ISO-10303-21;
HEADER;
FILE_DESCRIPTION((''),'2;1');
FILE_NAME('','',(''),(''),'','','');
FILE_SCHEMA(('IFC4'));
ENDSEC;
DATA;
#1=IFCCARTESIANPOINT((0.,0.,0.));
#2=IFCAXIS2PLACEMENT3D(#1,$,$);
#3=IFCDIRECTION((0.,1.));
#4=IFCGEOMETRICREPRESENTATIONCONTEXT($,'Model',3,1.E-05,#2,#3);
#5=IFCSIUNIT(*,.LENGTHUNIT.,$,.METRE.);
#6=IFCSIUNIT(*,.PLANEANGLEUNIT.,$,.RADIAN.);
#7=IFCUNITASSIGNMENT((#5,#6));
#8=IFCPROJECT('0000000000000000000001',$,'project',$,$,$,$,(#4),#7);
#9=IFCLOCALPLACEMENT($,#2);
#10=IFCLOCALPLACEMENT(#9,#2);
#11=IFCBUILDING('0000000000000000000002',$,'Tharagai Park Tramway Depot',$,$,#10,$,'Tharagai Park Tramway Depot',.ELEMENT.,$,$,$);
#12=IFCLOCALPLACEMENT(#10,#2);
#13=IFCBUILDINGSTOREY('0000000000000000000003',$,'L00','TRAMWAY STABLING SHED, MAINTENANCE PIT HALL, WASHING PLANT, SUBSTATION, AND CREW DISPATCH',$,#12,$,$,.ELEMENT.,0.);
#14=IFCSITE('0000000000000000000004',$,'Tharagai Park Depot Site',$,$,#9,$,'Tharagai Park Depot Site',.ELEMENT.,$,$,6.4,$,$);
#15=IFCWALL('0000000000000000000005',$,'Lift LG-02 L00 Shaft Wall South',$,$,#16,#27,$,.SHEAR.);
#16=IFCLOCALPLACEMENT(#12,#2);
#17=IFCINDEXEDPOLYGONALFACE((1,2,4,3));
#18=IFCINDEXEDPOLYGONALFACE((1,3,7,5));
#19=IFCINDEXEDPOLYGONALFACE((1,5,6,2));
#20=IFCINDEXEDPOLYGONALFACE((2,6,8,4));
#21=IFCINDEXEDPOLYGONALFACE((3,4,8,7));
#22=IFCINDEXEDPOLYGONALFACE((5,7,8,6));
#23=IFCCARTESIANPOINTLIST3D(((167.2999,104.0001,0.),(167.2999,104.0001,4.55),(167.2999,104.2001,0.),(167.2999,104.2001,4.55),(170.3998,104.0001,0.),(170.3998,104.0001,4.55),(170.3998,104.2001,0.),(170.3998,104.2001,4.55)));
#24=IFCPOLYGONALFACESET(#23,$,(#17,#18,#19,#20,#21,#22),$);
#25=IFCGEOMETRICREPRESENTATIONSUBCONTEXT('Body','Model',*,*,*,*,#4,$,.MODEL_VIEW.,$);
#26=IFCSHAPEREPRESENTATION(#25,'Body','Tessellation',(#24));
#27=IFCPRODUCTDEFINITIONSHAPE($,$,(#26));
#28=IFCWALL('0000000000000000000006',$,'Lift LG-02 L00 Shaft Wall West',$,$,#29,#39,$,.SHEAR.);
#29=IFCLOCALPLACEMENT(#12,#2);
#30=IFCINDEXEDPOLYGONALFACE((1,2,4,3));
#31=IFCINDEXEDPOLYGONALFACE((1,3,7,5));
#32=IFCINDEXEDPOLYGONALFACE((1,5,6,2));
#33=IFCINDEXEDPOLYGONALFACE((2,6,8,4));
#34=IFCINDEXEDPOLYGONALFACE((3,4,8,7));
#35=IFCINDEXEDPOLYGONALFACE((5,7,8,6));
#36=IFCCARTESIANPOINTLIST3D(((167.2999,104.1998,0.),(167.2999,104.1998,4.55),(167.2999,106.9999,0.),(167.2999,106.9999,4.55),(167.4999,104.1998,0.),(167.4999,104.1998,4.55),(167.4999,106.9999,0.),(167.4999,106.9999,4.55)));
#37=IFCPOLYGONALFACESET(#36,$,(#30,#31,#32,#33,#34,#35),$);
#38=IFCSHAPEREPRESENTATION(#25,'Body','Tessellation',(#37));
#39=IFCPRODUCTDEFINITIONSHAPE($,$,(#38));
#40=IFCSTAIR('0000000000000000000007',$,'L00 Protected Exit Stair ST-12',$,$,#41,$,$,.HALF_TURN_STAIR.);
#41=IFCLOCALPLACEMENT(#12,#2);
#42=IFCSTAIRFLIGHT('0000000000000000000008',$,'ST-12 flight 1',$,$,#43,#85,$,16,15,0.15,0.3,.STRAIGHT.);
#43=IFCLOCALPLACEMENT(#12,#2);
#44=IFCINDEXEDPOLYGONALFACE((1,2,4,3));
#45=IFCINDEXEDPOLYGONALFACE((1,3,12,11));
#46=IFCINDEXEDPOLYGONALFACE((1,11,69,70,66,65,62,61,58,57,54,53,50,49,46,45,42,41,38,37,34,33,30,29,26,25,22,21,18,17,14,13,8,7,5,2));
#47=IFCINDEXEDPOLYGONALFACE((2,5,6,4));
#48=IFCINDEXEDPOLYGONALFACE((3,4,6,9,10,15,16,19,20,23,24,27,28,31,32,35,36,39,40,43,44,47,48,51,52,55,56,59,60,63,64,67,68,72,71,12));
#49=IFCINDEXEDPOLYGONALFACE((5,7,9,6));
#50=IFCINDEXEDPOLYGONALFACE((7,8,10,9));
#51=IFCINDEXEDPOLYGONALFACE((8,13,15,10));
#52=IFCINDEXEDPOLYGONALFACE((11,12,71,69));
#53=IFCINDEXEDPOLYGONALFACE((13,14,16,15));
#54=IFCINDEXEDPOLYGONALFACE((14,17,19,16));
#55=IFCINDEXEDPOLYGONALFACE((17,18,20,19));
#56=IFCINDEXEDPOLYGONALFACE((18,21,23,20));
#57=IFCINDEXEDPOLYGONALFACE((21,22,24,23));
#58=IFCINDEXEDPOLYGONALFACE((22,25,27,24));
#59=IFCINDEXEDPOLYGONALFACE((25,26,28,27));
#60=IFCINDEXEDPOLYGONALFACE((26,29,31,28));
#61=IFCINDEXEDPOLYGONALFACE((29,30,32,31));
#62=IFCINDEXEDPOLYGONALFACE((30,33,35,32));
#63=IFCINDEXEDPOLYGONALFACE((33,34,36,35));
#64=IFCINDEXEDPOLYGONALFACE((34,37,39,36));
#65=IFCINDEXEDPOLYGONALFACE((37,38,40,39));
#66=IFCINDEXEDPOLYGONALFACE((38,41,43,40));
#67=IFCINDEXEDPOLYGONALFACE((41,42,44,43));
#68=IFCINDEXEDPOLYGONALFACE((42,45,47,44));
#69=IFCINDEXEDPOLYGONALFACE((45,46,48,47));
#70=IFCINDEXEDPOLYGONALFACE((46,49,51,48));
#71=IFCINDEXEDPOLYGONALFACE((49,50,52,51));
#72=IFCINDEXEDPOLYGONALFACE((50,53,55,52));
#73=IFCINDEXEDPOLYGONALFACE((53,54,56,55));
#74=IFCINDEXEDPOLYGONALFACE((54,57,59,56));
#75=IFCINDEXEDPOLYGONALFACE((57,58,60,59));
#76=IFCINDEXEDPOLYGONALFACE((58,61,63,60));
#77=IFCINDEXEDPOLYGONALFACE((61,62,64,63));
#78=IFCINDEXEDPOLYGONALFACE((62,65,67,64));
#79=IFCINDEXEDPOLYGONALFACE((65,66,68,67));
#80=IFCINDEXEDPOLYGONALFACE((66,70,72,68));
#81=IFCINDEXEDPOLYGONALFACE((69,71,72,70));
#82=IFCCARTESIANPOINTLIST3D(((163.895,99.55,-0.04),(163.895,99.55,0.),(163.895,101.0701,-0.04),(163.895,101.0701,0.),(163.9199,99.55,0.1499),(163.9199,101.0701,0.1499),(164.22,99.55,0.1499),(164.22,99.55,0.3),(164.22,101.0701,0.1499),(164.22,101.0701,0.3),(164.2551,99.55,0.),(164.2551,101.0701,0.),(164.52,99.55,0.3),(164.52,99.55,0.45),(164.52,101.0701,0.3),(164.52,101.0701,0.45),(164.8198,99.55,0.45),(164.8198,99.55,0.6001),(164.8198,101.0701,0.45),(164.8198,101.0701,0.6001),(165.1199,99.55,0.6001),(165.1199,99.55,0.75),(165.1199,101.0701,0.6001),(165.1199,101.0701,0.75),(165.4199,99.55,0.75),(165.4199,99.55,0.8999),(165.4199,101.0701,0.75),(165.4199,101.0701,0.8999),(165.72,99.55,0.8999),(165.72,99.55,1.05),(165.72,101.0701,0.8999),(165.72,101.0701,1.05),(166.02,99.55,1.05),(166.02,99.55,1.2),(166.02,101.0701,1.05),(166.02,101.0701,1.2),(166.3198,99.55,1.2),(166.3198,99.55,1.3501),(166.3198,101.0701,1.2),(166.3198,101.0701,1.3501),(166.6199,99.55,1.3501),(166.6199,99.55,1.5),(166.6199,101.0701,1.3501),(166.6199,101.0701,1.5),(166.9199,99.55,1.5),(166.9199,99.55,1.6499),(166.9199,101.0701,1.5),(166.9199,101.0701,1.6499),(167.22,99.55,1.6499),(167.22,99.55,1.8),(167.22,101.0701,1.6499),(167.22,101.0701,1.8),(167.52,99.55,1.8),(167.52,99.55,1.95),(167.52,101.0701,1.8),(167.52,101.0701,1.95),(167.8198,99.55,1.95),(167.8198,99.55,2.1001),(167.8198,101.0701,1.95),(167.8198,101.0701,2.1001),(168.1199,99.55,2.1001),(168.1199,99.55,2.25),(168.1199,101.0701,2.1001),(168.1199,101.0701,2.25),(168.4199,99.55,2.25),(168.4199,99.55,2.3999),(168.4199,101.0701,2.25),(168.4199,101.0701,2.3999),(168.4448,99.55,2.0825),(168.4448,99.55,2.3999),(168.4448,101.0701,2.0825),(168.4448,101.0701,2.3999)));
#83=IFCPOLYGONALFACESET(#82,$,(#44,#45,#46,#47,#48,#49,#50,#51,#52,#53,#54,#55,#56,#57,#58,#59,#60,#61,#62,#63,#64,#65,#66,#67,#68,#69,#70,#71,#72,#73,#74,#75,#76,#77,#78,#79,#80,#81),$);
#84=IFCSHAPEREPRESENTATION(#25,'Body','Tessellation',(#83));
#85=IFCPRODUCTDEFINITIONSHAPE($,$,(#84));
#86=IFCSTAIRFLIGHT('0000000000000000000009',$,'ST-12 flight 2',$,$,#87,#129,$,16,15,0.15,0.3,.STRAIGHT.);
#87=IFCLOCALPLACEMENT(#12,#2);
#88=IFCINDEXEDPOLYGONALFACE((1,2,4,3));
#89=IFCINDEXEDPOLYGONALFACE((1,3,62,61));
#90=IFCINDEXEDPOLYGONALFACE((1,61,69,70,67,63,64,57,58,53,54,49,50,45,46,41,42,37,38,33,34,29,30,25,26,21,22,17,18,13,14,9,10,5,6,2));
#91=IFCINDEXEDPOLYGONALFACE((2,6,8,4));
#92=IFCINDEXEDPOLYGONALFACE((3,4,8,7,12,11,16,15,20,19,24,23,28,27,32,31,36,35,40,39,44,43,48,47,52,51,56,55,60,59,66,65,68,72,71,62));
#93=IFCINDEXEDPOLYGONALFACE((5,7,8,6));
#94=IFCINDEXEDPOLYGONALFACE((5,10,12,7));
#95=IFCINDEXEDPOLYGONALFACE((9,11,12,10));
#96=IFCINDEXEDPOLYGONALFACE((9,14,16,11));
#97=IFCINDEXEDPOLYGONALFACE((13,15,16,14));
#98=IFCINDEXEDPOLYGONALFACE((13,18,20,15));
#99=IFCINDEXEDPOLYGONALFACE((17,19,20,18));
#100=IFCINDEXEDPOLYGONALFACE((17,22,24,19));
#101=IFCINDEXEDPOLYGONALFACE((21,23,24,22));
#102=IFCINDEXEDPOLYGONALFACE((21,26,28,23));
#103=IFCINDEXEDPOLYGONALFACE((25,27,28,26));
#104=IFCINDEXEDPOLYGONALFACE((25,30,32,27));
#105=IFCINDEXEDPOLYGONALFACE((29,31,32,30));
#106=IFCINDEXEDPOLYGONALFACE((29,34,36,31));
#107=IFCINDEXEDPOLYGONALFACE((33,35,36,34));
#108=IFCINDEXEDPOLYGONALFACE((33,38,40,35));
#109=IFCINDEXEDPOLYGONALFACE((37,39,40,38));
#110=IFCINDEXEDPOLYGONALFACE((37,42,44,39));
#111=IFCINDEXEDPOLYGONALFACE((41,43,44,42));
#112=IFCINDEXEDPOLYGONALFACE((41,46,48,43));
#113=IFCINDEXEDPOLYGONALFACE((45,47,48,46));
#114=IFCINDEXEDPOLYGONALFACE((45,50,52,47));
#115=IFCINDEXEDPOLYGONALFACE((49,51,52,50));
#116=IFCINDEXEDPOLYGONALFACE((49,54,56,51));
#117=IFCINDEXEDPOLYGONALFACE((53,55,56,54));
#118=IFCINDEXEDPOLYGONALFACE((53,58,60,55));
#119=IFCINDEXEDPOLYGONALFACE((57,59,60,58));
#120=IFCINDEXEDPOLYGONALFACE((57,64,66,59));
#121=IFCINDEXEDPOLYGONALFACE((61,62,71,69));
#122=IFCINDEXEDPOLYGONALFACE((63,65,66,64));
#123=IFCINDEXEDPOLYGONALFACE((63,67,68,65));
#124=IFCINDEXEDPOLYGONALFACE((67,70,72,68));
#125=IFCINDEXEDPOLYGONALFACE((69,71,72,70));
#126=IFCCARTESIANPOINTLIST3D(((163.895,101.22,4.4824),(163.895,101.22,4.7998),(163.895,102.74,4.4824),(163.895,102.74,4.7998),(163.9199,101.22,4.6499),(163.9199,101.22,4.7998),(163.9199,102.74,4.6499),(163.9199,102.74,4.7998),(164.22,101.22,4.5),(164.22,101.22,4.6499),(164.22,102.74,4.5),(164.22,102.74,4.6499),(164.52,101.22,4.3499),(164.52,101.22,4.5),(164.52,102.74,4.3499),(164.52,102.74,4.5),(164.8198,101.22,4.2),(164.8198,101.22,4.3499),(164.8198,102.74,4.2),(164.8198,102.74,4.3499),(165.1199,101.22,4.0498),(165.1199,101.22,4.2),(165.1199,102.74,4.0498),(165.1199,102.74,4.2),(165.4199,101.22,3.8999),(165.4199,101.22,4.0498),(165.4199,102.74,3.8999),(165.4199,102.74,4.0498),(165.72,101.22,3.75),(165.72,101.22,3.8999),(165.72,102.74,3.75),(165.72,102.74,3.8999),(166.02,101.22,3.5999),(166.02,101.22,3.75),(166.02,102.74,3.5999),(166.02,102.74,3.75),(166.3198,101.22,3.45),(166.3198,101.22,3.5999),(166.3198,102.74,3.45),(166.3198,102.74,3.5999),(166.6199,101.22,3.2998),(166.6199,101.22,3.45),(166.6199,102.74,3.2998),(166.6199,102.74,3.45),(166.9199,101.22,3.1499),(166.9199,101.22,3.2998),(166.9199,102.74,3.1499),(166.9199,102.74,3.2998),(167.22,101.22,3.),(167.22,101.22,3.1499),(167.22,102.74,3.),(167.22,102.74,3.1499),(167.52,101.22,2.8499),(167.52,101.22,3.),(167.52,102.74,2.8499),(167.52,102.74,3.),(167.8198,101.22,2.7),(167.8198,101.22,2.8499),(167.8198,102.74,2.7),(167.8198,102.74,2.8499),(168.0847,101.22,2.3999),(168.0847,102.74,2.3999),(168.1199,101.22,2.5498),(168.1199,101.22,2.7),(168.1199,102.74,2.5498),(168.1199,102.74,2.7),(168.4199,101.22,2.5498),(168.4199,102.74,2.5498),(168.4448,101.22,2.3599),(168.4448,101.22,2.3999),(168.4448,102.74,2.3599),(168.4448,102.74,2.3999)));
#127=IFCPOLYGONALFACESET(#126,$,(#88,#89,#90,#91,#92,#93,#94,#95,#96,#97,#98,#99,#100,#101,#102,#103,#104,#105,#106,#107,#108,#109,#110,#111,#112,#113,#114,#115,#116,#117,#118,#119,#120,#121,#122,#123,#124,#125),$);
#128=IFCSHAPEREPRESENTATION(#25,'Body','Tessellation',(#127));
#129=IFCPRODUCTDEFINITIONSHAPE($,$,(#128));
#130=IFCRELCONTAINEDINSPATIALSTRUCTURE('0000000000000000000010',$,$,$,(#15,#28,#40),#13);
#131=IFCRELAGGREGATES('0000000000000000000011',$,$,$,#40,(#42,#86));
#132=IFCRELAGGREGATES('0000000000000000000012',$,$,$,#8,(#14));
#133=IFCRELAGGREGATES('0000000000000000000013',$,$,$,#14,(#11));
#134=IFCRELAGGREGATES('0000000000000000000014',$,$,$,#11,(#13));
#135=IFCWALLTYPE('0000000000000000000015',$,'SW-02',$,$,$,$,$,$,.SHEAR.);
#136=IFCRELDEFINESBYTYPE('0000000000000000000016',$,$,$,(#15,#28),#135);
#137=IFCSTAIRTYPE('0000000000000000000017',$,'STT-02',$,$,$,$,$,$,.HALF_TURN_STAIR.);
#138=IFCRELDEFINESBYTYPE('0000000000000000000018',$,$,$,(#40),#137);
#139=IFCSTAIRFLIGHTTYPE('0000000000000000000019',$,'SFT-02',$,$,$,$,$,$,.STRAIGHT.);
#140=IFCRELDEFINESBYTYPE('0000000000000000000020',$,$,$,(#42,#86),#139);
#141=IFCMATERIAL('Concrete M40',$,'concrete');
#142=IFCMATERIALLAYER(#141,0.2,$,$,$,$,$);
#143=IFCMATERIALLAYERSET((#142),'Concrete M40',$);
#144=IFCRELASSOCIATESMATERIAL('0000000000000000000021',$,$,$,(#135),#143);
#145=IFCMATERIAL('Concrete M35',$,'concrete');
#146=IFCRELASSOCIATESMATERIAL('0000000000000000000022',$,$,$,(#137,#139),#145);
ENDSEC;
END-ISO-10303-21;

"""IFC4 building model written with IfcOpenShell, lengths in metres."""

from ifc_helpers import new_model, si_unit, direction, frame, frame_2d, origin, place, context, subcontext, project, spatial, polyline, rectangle, outline, extrude, material, layer, layer_set, type_object, element, aggregate, save


model = new_model("IFC4")

# Units and contexts
model_context = context("Model", 3, precision=1e-05, world=origin(), true_north=direction((0.0, 1.0)))
body_context = subcontext(model_context, "Body", "Model", "MODEL_VIEW")
ifc_project = project(units=[si_unit("LENGTHUNIT", "METRE"), si_unit("PLANEANGLEUNIT", "RADIAN")], contexts=[model_context])

# Site, building, storey
site_placement = place(None, origin())
site = spatial("IfcSite", under=ifc_project, at=site_placement, Name="Tharagai Park Depot Site", LongName="Tharagai Park Depot Site", CompositionType="ELEMENT", RefElevation=6.4)
building_placement = place(site_placement, origin())
building = spatial("IfcBuilding", under=site, at=building_placement, Name="Tharagai Park Tramway Depot", LongName="Tharagai Park Tramway Depot", CompositionType="ELEMENT")
storey_placement = place(building_placement, origin())
storey = spatial("IfcBuildingStorey", under=building, at=storey_placement, Name="L00", Description="TRAMWAY STABLING SHED, MAINTENANCE PIT HALL, WASHING PLANT, SUBSTATION, AND CREW DISPATCH", CompositionType="ELEMENT", Elevation=0.0)

# Shared definitions
ifc_material_1 = material(Name="Concrete M40", Category="concrete")

# Wall
ifc_layer_1 = layer(ifc_material_1, 0.2)
ifc_layer_set_1 = layer_set([ifc_layer_1], Name="Concrete M40")
wall_type_1 = type_object("IfcWallType", Name="SW-02", PredefinedType="SHEAR", material=ifc_layer_set_1)
wall_1_placement = place(storey_placement, frame((167.3, 104.1001, 0.0), z_axis=(0.0, 0.0, 1.0), x_axis=(1.0, 0.0, 0.0)))
element("IfcWall", 1, at=wall_1_placement, inside=storey, type_object=wall_type_1, Name="Lift LG-02 L00 Shaft Wall South", PredefinedType="SHEAR", context=body_context, shape_type="SweptSolid", body=[
    extrude(rectangle(XDim=3.0999, YDim=0.2, at=frame_2d((1.5498, 0.0))), origin(), (0.0, 0.0, 1.0), 4.55),
])

# Wall
wall_2_placement = place(storey_placement, frame((167.3999, 104.2, 0.0), z_axis=(0.0, 0.0, 1.0), x_axis=(0.0, 1.0, 0.0)))
element("IfcWall", 2, at=wall_2_placement, inside=storey, type_object=wall_type_1, Name="Lift LG-02 L00 Shaft Wall West", PredefinedType="SHEAR", context=body_context, shape_type="SweptSolid", body=[
    extrude(rectangle(XDim=2.8, YDim=0.2, at=frame_2d((1.3999, 0.0))), origin(), (0.0, 0.0, 1.0), 4.55),
])

# Stair, stair flights
ifc_material_2 = material(Name="Concrete M35", Category="concrete")
stair_type = type_object("IfcStairType", Name="STT-02", PredefinedType="HALF_TURN_STAIR", material=ifc_material_2)
stair_placement = place(storey_placement, origin())
stair = element("IfcStair", 3, at=stair_placement, inside=storey, type_object=stair_type, Name="L00 Protected Exit Stair ST-12", PredefinedType="HALF_TURN_STAIR")
stair_flight_type = type_object("IfcStairFlightType", Name="SFT-02", PredefinedType="STRAIGHT", material=ifc_material_2)
stair_flight_1_placement = place(storey_placement, frame((163.9199, 100.3101, 0.0), z_axis=(0.0, 0.0, 1.0), x_axis=(1.0, 0.0, 0.0)))
stair_flight_1 = element("IfcStairFlight", 4, at=stair_flight_1_placement, type_object=stair_flight_type, Name="ST-12 flight 1", NumberOfRisers=16, NumberOfTreads=15, PredefinedType="STRAIGHT", RiserHeight=0.15, TreadLength=0.3, context=body_context, shape_type="SweptSolid", body=[
    extrude(outline(polyline([(-0.0249, 0.0), (0.0, 0.1499), (0.3, 0.1499), (0.3, 0.3), (0.6001, 0.3), (0.6001, 0.45), (0.8999, 0.45), (0.8999, 0.6001), (1.2, 0.6001), (1.2, 0.75), (1.5, 0.75), (1.5, 0.8999), (1.8, 0.8999), (1.8, 1.05), (2.1001, 1.05), (2.1001, 1.2), (2.3999, 1.2), (2.3999, 1.3501), (2.7, 1.3501), (2.7, 1.5), (3.0, 1.5), (3.0, 1.6499), (3.3, 1.6499), (3.3, 1.8), (3.6001, 1.8), (3.6001, 1.95), (3.8999, 1.95), (3.8999, 2.1001), (4.2, 2.1001), (4.2, 2.25), (4.5, 2.25), (4.5, 2.3999), (4.5249, 2.3999), (4.5249, 2.0825), (0.3352, 0.0), (-0.0249, -0.04), (-0.0249, 0.0)])), frame((0.0, 0.76, 0.0), z_axis=(0.0, -1.0, 0.0), x_axis=(1.0, 0.0, 0.0)), (0.0, 0.0, 1.0), 1.52),
])
stair_flight_2_placement = place(storey_placement, frame((168.4199, 101.98, 2.3999), z_axis=(0.0, 0.0, 1.0), x_axis=(-1.0, 0.0, 0.0)))
stair_flight_2 = element("IfcStairFlight", 5, at=stair_flight_2_placement, type_object=stair_flight_type, Name="ST-12 flight 2", NumberOfRisers=16, NumberOfTreads=15, PredefinedType="STRAIGHT", RiserHeight=0.15, TreadLength=0.3, context=body_context, shape_type="SweptSolid", body=[
    extrude(outline(polyline([(-0.0249, 0.0), (0.0, 0.1499), (0.3, 0.1499), (0.3, 0.3), (0.6001, 0.3), (0.6001, 0.45), (0.8999, 0.45), (0.8999, 0.6001), (1.2, 0.6001), (1.2, 0.75), (1.5, 0.75), (1.5, 0.8999), (1.8, 0.8999), (1.8, 1.05), (2.1001, 1.05), (2.1001, 1.2), (2.3999, 1.2), (2.3999, 1.3501), (2.7, 1.3501), (2.7, 1.5), (3.0, 1.5), (3.0, 1.6499), (3.3, 1.6499), (3.3, 1.8), (3.6001, 1.8), (3.6001, 1.95), (3.8999, 1.95), (3.8999, 2.1001), (4.2, 2.1001), (4.2, 2.25), (4.5, 2.25), (4.5, 2.3999), (4.5249, 2.3999), (4.5249, 2.0825), (0.3352, 0.0), (-0.0249, -0.04), (-0.0249, 0.0)])), frame((0.0, 0.76, 0.0), z_axis=(0.0, -1.0, 0.0), x_axis=(1.0, 0.0, 0.0)), (0.0, 0.0, 1.0), 1.52),
])
aggregate(stair, [stair_flight_1, stair_flight_2])

save(model, "model.ifc")
